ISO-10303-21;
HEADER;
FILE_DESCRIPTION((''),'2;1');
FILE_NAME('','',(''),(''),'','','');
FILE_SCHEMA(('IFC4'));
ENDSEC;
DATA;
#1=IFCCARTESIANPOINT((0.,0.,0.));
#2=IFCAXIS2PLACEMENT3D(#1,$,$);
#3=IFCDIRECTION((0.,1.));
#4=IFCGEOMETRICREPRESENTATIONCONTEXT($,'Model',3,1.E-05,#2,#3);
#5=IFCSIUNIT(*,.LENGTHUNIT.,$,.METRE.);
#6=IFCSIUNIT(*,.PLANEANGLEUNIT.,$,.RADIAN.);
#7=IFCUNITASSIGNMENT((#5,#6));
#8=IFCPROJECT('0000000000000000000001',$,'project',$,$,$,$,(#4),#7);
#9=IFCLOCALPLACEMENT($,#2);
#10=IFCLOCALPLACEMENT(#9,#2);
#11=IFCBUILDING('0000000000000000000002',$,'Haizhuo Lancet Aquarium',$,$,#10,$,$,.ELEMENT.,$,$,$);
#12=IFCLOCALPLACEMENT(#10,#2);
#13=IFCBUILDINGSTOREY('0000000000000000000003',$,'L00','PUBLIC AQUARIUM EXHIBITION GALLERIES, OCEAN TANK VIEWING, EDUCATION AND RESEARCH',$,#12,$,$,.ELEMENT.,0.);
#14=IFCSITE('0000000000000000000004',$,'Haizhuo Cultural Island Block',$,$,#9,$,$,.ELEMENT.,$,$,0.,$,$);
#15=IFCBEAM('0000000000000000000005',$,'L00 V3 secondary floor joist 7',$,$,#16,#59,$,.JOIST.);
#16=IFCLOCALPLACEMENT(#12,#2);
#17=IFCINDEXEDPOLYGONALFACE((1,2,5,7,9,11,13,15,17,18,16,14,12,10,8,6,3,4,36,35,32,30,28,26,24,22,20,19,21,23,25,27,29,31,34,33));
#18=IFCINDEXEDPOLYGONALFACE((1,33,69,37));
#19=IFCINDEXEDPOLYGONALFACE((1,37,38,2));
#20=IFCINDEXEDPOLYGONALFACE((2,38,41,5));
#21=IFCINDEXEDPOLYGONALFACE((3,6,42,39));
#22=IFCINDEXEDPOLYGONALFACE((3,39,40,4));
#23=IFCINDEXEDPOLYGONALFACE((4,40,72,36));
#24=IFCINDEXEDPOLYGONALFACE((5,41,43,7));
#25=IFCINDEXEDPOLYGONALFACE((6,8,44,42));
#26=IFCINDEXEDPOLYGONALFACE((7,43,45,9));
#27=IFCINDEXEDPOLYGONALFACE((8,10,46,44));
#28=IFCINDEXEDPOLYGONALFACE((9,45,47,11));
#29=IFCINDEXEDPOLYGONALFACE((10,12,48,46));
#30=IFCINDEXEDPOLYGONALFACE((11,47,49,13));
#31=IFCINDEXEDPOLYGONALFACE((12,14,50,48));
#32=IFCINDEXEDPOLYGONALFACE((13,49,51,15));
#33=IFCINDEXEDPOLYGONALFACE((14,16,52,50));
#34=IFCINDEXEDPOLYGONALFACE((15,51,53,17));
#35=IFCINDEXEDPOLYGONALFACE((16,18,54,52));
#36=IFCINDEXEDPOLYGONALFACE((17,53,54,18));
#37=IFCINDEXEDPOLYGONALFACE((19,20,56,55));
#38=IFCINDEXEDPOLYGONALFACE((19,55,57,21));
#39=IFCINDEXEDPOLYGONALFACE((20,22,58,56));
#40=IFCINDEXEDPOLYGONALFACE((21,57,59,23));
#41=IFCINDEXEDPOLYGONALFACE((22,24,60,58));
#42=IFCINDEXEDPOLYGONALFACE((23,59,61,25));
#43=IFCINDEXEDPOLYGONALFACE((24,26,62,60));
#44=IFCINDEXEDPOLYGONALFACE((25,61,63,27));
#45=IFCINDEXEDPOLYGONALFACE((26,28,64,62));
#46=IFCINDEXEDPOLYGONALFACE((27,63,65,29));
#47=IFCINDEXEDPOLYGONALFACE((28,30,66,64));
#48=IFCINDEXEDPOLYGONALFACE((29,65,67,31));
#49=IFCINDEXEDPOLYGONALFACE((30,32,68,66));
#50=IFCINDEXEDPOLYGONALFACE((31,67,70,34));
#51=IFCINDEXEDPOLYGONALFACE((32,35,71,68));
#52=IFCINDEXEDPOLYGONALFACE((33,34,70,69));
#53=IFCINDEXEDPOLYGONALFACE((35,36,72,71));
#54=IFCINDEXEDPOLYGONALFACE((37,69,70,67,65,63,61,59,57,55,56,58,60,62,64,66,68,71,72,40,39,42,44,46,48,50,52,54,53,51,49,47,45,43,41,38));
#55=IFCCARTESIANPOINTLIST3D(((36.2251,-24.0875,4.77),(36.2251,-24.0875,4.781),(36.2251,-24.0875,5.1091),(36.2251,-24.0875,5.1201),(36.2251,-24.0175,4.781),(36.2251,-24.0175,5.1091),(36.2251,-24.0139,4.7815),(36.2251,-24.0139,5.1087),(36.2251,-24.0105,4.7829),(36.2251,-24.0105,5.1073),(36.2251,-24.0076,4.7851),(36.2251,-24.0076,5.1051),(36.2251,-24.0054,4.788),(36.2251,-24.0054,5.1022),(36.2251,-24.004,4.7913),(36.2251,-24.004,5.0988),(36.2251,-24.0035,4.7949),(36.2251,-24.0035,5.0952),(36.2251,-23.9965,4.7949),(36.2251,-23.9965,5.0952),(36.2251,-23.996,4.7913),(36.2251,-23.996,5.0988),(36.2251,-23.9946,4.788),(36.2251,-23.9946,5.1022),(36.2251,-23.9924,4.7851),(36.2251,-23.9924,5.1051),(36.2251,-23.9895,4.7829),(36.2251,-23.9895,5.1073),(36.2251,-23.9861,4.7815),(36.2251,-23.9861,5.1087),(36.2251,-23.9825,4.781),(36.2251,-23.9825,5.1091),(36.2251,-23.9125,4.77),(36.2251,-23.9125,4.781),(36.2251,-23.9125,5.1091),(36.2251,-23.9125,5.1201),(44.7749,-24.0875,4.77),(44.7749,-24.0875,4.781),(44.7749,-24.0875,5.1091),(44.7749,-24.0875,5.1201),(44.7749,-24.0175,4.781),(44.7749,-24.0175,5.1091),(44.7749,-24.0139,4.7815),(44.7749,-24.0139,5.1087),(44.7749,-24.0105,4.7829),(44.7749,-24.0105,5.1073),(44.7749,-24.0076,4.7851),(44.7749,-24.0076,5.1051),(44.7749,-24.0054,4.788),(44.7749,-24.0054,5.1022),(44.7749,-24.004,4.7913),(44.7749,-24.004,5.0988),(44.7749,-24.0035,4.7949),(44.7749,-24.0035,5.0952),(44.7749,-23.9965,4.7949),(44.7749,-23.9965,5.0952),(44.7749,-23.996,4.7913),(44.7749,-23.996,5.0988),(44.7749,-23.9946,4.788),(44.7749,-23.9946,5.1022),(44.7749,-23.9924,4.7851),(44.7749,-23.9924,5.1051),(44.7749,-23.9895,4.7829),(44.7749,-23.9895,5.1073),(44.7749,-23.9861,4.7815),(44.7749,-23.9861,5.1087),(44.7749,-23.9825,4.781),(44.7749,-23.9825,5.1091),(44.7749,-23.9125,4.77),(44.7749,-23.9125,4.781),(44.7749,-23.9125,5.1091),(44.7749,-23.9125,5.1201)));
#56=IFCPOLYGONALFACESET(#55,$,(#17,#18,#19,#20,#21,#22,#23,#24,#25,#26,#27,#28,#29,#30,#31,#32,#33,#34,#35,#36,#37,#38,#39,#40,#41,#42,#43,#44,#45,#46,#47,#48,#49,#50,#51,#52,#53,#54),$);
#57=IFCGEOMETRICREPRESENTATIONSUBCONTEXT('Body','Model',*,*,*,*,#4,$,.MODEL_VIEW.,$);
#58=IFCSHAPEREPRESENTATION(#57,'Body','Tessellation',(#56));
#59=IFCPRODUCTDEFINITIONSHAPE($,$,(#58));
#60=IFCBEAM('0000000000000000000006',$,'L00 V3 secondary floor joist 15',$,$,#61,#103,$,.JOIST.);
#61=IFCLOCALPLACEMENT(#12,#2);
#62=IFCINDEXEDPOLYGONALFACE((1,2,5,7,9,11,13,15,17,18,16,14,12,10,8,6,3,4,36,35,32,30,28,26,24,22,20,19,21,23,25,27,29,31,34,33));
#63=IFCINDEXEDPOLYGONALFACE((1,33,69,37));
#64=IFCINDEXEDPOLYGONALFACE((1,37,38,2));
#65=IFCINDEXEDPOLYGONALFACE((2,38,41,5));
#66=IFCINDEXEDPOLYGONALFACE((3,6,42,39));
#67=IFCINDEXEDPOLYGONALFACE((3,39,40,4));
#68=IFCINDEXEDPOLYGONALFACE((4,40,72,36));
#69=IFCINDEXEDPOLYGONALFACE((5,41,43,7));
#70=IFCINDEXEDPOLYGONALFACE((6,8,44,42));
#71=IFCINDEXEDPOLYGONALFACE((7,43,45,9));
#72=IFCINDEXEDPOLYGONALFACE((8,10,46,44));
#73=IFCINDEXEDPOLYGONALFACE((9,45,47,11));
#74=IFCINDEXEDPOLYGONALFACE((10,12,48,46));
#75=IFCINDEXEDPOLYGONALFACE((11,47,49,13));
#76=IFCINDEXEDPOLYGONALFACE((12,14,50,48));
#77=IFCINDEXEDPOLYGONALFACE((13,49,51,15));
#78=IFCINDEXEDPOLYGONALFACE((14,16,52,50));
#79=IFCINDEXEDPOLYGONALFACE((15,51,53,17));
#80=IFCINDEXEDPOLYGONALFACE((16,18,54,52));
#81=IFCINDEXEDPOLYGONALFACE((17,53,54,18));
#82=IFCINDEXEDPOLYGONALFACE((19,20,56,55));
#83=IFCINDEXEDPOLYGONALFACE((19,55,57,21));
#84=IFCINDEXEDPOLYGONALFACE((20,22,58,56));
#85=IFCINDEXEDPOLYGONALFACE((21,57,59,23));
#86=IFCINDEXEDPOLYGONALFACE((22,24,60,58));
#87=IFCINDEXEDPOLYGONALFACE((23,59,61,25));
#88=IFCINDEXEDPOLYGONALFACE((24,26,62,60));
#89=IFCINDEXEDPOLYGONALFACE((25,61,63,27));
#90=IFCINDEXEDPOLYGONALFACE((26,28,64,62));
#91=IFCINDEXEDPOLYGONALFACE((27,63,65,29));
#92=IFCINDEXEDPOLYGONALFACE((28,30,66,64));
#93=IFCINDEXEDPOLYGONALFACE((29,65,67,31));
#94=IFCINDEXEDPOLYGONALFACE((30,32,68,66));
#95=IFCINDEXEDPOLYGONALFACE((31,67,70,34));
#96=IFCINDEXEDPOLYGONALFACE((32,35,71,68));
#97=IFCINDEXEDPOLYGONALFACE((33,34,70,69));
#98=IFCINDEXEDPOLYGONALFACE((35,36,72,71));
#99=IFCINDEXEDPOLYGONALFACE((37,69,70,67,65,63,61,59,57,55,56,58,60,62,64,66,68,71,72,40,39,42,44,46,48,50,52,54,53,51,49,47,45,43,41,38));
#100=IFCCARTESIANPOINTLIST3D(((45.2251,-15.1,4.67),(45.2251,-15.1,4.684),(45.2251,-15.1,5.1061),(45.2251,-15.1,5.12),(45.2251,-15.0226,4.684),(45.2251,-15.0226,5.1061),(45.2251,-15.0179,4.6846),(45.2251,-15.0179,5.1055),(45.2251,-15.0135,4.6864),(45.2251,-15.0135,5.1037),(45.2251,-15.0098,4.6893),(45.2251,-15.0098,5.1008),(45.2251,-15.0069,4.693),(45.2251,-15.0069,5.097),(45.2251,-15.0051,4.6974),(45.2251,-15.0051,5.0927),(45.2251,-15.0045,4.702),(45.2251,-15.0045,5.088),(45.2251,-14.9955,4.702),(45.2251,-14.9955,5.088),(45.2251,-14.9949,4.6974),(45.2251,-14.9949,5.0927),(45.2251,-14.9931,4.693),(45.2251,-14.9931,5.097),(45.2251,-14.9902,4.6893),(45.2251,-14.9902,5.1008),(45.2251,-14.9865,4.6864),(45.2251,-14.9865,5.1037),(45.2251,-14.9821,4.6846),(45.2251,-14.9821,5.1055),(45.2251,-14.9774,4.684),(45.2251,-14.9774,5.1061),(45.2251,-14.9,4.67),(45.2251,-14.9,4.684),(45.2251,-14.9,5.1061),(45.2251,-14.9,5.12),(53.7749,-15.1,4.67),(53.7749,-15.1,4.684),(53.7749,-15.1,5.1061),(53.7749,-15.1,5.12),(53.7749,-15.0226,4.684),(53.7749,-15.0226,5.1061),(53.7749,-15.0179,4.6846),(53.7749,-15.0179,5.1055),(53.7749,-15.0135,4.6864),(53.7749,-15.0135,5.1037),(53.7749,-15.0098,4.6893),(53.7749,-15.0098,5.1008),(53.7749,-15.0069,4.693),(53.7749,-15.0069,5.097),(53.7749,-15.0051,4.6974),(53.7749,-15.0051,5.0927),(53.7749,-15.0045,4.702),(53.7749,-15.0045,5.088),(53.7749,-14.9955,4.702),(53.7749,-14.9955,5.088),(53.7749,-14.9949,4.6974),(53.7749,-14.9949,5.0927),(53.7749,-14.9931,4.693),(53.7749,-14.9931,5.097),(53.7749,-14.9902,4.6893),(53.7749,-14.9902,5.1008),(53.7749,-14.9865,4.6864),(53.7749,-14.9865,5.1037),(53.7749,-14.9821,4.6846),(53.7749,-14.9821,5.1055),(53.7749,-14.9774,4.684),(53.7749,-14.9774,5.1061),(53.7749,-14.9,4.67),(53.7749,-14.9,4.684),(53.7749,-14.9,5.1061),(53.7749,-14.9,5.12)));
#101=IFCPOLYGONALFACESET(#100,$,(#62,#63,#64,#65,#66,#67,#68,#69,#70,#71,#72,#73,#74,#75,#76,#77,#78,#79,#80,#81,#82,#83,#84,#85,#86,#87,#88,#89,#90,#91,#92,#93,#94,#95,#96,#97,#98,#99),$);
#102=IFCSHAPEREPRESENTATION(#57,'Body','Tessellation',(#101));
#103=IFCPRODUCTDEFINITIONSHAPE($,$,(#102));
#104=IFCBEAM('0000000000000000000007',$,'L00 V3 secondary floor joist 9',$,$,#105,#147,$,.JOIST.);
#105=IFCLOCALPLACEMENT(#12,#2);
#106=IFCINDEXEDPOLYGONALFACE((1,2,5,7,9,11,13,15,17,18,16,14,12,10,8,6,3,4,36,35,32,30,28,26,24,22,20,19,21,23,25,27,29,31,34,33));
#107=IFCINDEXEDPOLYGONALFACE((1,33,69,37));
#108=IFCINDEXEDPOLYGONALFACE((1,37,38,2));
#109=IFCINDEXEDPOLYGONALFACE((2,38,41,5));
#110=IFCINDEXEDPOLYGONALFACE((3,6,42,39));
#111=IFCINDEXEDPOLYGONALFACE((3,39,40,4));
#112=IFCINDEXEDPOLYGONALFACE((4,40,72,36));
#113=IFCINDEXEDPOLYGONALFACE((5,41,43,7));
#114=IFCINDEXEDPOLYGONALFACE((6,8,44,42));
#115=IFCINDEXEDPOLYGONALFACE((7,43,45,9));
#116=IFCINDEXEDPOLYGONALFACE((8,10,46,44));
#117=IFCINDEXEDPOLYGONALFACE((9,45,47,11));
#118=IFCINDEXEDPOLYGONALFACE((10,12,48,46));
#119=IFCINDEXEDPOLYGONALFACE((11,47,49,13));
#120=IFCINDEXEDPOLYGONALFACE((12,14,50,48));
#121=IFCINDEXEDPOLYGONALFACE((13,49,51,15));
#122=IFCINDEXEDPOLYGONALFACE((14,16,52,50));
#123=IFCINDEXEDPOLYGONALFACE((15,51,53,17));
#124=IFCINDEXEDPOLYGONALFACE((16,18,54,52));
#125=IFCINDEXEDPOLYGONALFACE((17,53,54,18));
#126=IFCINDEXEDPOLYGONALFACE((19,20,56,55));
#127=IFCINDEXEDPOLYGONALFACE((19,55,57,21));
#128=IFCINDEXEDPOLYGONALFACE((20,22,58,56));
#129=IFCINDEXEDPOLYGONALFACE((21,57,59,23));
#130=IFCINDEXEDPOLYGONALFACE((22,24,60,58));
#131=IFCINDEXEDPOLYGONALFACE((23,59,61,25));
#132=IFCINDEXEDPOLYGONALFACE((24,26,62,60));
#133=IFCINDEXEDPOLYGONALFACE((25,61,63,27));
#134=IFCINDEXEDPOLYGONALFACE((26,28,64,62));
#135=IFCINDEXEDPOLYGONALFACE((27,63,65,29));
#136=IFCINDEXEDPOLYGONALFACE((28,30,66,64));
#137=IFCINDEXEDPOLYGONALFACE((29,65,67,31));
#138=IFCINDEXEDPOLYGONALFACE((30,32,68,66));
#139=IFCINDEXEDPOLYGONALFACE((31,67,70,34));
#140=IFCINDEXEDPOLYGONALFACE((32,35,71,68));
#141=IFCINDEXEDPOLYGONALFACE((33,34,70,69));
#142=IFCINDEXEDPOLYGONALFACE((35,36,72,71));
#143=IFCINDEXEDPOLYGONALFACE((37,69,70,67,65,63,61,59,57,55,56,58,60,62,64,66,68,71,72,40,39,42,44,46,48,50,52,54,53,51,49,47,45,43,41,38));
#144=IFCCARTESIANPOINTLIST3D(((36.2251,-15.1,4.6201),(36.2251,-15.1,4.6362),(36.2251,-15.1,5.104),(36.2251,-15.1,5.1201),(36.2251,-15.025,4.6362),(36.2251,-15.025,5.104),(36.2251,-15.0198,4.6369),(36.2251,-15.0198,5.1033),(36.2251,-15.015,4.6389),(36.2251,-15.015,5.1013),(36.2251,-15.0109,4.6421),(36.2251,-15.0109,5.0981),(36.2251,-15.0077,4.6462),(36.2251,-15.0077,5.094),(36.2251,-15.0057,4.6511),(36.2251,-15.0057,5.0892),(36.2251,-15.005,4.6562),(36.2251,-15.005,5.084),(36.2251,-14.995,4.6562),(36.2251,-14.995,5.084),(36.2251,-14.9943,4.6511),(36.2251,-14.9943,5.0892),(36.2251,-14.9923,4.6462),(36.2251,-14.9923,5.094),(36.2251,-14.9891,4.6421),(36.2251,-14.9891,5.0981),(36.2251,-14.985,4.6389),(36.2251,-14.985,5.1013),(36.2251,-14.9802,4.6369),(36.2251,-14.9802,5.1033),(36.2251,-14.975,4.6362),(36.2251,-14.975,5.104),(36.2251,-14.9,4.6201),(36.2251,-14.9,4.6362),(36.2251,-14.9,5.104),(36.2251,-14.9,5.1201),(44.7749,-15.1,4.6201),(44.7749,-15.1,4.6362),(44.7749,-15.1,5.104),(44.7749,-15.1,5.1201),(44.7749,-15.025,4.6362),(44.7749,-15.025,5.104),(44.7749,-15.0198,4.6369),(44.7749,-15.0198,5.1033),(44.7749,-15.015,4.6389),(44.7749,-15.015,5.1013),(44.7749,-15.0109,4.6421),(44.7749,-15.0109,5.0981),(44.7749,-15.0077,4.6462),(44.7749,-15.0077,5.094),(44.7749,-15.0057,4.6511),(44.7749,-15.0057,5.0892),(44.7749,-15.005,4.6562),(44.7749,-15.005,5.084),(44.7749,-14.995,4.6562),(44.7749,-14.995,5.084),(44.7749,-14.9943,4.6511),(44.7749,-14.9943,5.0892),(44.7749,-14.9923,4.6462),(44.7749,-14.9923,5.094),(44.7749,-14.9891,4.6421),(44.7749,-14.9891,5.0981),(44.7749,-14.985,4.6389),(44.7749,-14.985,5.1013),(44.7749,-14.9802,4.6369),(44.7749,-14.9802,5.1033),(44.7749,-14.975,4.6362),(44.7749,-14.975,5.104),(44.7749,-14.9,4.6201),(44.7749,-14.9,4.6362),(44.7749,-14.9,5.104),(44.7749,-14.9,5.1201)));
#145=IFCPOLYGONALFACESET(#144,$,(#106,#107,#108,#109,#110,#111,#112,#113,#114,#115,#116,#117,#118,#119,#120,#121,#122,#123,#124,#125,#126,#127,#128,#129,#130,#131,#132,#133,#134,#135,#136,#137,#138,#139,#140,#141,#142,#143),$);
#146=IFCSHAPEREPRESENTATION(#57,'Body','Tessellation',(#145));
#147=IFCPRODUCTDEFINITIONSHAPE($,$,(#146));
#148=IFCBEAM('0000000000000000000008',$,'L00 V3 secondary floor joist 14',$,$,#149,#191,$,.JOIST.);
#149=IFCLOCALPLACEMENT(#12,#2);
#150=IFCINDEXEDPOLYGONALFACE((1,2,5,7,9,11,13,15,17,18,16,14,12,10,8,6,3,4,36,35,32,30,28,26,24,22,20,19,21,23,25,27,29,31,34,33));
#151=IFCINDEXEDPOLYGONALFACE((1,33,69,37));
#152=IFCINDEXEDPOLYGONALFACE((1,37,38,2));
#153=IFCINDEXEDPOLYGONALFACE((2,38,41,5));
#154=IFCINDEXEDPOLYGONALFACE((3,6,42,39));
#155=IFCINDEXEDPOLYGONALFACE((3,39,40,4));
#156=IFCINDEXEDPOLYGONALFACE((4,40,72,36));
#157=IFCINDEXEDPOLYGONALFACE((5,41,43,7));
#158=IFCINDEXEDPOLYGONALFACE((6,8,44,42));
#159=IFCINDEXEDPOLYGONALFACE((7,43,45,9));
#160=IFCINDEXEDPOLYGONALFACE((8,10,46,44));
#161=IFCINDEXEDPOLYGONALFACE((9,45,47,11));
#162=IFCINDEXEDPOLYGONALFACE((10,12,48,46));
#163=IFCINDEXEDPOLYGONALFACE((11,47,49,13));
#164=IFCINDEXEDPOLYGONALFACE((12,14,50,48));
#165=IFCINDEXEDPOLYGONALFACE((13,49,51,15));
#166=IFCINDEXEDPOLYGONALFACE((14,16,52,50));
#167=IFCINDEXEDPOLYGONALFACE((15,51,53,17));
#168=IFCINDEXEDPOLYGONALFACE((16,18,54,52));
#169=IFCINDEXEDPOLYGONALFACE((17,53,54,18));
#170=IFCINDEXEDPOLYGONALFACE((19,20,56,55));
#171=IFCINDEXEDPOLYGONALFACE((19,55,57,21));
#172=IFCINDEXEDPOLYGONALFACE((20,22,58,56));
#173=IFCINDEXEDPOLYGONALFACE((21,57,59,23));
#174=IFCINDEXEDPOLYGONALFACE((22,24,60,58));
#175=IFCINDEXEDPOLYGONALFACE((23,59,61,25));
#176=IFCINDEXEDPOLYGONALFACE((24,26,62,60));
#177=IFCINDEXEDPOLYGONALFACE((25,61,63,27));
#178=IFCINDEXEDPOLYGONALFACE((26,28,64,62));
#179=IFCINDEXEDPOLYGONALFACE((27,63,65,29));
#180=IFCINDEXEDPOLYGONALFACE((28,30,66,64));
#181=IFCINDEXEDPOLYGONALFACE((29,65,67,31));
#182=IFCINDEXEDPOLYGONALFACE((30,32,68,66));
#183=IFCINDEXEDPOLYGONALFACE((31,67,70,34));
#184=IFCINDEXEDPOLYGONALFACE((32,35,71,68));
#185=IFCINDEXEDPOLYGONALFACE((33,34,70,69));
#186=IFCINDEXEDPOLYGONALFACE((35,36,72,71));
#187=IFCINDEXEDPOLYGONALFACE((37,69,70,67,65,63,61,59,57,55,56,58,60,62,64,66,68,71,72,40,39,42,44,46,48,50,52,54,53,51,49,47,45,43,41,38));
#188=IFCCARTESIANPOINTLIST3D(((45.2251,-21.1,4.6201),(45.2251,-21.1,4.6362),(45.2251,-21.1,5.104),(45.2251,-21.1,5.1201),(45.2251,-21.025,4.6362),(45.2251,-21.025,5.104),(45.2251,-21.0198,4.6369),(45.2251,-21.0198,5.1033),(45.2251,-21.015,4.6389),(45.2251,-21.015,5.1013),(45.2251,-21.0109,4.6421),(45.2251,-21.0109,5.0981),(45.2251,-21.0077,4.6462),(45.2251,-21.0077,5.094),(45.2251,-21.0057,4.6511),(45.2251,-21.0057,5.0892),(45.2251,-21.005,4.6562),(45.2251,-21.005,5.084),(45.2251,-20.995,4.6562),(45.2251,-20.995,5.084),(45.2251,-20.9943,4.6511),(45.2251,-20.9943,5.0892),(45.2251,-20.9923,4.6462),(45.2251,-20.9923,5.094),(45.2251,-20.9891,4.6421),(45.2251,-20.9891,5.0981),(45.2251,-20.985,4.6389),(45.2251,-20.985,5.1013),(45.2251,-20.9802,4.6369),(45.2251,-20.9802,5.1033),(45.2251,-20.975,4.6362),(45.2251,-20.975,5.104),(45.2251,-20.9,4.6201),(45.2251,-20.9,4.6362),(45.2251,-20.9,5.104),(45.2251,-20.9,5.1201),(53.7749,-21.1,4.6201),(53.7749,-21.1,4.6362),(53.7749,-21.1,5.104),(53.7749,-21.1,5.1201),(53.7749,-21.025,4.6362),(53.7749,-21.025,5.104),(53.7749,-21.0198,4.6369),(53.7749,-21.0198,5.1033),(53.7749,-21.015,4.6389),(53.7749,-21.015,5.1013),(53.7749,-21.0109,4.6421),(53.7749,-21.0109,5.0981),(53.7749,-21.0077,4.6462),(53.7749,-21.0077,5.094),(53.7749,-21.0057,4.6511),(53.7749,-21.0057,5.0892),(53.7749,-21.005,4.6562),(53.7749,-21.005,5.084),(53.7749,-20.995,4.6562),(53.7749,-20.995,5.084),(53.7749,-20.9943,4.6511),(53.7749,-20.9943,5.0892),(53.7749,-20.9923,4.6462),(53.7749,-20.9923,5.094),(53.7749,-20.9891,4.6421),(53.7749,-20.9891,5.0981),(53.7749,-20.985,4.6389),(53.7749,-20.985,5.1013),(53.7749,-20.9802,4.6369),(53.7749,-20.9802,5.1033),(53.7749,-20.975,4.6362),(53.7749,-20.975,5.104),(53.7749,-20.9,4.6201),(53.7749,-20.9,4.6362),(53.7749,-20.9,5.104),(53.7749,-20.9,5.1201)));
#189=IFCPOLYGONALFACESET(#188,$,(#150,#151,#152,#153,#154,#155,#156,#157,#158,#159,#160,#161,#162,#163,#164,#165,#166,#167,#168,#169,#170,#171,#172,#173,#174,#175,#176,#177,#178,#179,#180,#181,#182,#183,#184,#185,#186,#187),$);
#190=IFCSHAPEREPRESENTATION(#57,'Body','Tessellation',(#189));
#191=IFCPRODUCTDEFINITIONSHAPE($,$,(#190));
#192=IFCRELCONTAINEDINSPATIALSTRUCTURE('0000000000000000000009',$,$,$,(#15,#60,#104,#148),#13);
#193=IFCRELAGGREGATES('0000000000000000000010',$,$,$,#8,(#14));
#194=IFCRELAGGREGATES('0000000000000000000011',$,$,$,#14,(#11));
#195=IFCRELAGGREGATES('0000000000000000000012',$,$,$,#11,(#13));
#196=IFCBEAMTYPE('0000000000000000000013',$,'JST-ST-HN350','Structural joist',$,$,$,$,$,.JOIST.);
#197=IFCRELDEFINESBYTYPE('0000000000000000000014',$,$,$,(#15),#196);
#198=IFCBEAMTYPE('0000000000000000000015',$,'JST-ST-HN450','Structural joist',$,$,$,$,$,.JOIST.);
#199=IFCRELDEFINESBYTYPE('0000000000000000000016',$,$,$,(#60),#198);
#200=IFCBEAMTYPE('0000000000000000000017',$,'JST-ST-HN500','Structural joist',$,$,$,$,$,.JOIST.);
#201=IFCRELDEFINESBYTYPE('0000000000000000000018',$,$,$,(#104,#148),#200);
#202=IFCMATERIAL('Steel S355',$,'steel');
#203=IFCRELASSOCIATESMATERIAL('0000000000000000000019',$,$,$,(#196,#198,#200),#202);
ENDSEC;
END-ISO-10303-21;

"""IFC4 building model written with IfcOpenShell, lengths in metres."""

from ifc_helpers import new_model, si_unit, direction, frame, origin, origin_2d, place, context, subcontext, project, spatial, i_section, extrude, material, material_profile, profile_set, type_object, element, save


model = new_model("IFC4")

# Units and contexts
model_context = context("Model", 3, precision=1e-05, world=origin(), true_north=direction((0.0, 1.0)))
body_context = subcontext(model_context, "Body", "Model", "MODEL_VIEW")
ifc_project = project(units=[si_unit("LENGTHUNIT", "METRE"), si_unit("PLANEANGLEUNIT", "RADIAN")], contexts=[model_context])

# Site, building, storey
site_placement = place(None, origin())
site = spatial("IfcSite", under=ifc_project, at=site_placement, Name="Haizhuo Cultural Island Block", CompositionType="ELEMENT", RefElevation=0.0)
building_placement = place(site_placement, origin())
building = spatial("IfcBuilding", under=site, at=building_placement, Name="Haizhuo Lancet Aquarium", CompositionType="ELEMENT")
storey_placement = place(building_placement, origin())
storey = spatial("IfcBuildingStorey", under=building, at=storey_placement, Name="L00", Description="PUBLIC AQUARIUM EXHIBITION GALLERIES, OCEAN TANK VIEWING, EDUCATION AND RESEARCH", CompositionType="ELEMENT", Elevation=0.0)

# Beams
ifc_material_1 = material(Name="Steel S355", Category="steel")
ifc_material_profile_1 = material_profile(ifc_material_1, i_section(OverallWidth=0.175, OverallDepth=0.3501, WebThickness=0.0071, FlangeThickness=0.011, FilletRadius=0.0139, at=origin_2d()), Name="HN 350x175x7x11")
ifc_profile_set_1 = profile_set([ifc_material_profile_1], Name="Steel S355")
beam_type_1 = type_object("IfcBeamType", Name="JST-ST-HN350", Description="Structural joist", PredefinedType="JOIST", material=ifc_profile_set_1)
beam_1_placement = place(storey_placement, frame((36.2251, -24.0, 4.9451), z_axis=(1.0, 0.0, 0.0), x_axis=(0.0, 1.0, 0.0)))
element("IfcBeam", 1, at=beam_1_placement, inside=storey, type_object=beam_type_1, Name="L00 V3 secondary floor joist 7", PredefinedType="JOIST", context=body_context, shape_type="SweptSolid", body=[
    extrude(i_section(OverallWidth=0.175, OverallDepth=0.3501, WebThickness=0.0071, FlangeThickness=0.011, FilletRadius=0.0139, at=origin_2d()), origin(), (0.0, 0.0, 1.0), 8.5498),
])
ifc_material_profile_2 = material_profile(ifc_material_1, i_section(OverallWidth=0.2, OverallDepth=0.45, WebThickness=0.009, FlangeThickness=0.0139, FilletRadius=0.0181, at=origin_2d()), Name="HN 450x200x9x14")
ifc_profile_set_2 = profile_set([ifc_material_profile_2], Name="Steel S355")
beam_type_2 = type_object("IfcBeamType", Name="JST-ST-HN450", Description="Structural joist", PredefinedType="JOIST", material=ifc_profile_set_2)
beam_2_placement = place(storey_placement, frame((45.2251, -15.0, 4.895), z_axis=(1.0, 0.0, 0.0), x_axis=(0.0, 1.0, 0.0)))
element("IfcBeam", 2, at=beam_2_placement, inside=storey, type_object=beam_type_2, Name="L00 V3 secondary floor joist 15", PredefinedType="JOIST", context=body_context, shape_type="SweptSolid", body=[
    extrude(i_section(OverallWidth=0.2, OverallDepth=0.45, WebThickness=0.009, FlangeThickness=0.0139, FilletRadius=0.0181, at=origin_2d()), origin(), (0.0, 0.0, 1.0), 8.5498),
])
ifc_material_profile_3 = material_profile(ifc_material_1, i_section(OverallWidth=0.2, OverallDepth=0.5, WebThickness=0.01, FlangeThickness=0.0161, FilletRadius=0.02, at=origin_2d()), Name="HN 500x200x10x16")
ifc_profile_set_3 = profile_set([ifc_material_profile_3], Name="Steel S355")
beam_type_3 = type_object("IfcBeamType", Name="JST-ST-HN500", Description="Structural joist", PredefinedType="JOIST", material=ifc_profile_set_3)
for number, where, z_axis, x_axis, name in (
    (3, (36.2251, -15.0, 4.8701), (1.0, 0.0, 0.0), (0.0, 1.0, 0.0), "L00 V3 secondary floor joist 9"),
    (4, (45.2251, -21.0, 4.8701), (1.0, 0.0, 0.0), (0.0, 1.0, 0.0), "L00 V3 secondary floor joist 14"),
):
    element("IfcBeam", number, at=place(storey_placement, frame(where, z_axis=z_axis, x_axis=x_axis)), inside=storey, type_object=beam_type_3, Name=name, PredefinedType="JOIST", context=body_context, shape_type="SweptSolid", body=[
        extrude(i_section(OverallWidth=0.2, OverallDepth=0.5, WebThickness=0.01, FlangeThickness=0.0161, FilletRadius=0.02, at=origin_2d()), origin(), (0.0, 0.0, 1.0), 8.5498),
    ])

save(model, "model.ifc")
